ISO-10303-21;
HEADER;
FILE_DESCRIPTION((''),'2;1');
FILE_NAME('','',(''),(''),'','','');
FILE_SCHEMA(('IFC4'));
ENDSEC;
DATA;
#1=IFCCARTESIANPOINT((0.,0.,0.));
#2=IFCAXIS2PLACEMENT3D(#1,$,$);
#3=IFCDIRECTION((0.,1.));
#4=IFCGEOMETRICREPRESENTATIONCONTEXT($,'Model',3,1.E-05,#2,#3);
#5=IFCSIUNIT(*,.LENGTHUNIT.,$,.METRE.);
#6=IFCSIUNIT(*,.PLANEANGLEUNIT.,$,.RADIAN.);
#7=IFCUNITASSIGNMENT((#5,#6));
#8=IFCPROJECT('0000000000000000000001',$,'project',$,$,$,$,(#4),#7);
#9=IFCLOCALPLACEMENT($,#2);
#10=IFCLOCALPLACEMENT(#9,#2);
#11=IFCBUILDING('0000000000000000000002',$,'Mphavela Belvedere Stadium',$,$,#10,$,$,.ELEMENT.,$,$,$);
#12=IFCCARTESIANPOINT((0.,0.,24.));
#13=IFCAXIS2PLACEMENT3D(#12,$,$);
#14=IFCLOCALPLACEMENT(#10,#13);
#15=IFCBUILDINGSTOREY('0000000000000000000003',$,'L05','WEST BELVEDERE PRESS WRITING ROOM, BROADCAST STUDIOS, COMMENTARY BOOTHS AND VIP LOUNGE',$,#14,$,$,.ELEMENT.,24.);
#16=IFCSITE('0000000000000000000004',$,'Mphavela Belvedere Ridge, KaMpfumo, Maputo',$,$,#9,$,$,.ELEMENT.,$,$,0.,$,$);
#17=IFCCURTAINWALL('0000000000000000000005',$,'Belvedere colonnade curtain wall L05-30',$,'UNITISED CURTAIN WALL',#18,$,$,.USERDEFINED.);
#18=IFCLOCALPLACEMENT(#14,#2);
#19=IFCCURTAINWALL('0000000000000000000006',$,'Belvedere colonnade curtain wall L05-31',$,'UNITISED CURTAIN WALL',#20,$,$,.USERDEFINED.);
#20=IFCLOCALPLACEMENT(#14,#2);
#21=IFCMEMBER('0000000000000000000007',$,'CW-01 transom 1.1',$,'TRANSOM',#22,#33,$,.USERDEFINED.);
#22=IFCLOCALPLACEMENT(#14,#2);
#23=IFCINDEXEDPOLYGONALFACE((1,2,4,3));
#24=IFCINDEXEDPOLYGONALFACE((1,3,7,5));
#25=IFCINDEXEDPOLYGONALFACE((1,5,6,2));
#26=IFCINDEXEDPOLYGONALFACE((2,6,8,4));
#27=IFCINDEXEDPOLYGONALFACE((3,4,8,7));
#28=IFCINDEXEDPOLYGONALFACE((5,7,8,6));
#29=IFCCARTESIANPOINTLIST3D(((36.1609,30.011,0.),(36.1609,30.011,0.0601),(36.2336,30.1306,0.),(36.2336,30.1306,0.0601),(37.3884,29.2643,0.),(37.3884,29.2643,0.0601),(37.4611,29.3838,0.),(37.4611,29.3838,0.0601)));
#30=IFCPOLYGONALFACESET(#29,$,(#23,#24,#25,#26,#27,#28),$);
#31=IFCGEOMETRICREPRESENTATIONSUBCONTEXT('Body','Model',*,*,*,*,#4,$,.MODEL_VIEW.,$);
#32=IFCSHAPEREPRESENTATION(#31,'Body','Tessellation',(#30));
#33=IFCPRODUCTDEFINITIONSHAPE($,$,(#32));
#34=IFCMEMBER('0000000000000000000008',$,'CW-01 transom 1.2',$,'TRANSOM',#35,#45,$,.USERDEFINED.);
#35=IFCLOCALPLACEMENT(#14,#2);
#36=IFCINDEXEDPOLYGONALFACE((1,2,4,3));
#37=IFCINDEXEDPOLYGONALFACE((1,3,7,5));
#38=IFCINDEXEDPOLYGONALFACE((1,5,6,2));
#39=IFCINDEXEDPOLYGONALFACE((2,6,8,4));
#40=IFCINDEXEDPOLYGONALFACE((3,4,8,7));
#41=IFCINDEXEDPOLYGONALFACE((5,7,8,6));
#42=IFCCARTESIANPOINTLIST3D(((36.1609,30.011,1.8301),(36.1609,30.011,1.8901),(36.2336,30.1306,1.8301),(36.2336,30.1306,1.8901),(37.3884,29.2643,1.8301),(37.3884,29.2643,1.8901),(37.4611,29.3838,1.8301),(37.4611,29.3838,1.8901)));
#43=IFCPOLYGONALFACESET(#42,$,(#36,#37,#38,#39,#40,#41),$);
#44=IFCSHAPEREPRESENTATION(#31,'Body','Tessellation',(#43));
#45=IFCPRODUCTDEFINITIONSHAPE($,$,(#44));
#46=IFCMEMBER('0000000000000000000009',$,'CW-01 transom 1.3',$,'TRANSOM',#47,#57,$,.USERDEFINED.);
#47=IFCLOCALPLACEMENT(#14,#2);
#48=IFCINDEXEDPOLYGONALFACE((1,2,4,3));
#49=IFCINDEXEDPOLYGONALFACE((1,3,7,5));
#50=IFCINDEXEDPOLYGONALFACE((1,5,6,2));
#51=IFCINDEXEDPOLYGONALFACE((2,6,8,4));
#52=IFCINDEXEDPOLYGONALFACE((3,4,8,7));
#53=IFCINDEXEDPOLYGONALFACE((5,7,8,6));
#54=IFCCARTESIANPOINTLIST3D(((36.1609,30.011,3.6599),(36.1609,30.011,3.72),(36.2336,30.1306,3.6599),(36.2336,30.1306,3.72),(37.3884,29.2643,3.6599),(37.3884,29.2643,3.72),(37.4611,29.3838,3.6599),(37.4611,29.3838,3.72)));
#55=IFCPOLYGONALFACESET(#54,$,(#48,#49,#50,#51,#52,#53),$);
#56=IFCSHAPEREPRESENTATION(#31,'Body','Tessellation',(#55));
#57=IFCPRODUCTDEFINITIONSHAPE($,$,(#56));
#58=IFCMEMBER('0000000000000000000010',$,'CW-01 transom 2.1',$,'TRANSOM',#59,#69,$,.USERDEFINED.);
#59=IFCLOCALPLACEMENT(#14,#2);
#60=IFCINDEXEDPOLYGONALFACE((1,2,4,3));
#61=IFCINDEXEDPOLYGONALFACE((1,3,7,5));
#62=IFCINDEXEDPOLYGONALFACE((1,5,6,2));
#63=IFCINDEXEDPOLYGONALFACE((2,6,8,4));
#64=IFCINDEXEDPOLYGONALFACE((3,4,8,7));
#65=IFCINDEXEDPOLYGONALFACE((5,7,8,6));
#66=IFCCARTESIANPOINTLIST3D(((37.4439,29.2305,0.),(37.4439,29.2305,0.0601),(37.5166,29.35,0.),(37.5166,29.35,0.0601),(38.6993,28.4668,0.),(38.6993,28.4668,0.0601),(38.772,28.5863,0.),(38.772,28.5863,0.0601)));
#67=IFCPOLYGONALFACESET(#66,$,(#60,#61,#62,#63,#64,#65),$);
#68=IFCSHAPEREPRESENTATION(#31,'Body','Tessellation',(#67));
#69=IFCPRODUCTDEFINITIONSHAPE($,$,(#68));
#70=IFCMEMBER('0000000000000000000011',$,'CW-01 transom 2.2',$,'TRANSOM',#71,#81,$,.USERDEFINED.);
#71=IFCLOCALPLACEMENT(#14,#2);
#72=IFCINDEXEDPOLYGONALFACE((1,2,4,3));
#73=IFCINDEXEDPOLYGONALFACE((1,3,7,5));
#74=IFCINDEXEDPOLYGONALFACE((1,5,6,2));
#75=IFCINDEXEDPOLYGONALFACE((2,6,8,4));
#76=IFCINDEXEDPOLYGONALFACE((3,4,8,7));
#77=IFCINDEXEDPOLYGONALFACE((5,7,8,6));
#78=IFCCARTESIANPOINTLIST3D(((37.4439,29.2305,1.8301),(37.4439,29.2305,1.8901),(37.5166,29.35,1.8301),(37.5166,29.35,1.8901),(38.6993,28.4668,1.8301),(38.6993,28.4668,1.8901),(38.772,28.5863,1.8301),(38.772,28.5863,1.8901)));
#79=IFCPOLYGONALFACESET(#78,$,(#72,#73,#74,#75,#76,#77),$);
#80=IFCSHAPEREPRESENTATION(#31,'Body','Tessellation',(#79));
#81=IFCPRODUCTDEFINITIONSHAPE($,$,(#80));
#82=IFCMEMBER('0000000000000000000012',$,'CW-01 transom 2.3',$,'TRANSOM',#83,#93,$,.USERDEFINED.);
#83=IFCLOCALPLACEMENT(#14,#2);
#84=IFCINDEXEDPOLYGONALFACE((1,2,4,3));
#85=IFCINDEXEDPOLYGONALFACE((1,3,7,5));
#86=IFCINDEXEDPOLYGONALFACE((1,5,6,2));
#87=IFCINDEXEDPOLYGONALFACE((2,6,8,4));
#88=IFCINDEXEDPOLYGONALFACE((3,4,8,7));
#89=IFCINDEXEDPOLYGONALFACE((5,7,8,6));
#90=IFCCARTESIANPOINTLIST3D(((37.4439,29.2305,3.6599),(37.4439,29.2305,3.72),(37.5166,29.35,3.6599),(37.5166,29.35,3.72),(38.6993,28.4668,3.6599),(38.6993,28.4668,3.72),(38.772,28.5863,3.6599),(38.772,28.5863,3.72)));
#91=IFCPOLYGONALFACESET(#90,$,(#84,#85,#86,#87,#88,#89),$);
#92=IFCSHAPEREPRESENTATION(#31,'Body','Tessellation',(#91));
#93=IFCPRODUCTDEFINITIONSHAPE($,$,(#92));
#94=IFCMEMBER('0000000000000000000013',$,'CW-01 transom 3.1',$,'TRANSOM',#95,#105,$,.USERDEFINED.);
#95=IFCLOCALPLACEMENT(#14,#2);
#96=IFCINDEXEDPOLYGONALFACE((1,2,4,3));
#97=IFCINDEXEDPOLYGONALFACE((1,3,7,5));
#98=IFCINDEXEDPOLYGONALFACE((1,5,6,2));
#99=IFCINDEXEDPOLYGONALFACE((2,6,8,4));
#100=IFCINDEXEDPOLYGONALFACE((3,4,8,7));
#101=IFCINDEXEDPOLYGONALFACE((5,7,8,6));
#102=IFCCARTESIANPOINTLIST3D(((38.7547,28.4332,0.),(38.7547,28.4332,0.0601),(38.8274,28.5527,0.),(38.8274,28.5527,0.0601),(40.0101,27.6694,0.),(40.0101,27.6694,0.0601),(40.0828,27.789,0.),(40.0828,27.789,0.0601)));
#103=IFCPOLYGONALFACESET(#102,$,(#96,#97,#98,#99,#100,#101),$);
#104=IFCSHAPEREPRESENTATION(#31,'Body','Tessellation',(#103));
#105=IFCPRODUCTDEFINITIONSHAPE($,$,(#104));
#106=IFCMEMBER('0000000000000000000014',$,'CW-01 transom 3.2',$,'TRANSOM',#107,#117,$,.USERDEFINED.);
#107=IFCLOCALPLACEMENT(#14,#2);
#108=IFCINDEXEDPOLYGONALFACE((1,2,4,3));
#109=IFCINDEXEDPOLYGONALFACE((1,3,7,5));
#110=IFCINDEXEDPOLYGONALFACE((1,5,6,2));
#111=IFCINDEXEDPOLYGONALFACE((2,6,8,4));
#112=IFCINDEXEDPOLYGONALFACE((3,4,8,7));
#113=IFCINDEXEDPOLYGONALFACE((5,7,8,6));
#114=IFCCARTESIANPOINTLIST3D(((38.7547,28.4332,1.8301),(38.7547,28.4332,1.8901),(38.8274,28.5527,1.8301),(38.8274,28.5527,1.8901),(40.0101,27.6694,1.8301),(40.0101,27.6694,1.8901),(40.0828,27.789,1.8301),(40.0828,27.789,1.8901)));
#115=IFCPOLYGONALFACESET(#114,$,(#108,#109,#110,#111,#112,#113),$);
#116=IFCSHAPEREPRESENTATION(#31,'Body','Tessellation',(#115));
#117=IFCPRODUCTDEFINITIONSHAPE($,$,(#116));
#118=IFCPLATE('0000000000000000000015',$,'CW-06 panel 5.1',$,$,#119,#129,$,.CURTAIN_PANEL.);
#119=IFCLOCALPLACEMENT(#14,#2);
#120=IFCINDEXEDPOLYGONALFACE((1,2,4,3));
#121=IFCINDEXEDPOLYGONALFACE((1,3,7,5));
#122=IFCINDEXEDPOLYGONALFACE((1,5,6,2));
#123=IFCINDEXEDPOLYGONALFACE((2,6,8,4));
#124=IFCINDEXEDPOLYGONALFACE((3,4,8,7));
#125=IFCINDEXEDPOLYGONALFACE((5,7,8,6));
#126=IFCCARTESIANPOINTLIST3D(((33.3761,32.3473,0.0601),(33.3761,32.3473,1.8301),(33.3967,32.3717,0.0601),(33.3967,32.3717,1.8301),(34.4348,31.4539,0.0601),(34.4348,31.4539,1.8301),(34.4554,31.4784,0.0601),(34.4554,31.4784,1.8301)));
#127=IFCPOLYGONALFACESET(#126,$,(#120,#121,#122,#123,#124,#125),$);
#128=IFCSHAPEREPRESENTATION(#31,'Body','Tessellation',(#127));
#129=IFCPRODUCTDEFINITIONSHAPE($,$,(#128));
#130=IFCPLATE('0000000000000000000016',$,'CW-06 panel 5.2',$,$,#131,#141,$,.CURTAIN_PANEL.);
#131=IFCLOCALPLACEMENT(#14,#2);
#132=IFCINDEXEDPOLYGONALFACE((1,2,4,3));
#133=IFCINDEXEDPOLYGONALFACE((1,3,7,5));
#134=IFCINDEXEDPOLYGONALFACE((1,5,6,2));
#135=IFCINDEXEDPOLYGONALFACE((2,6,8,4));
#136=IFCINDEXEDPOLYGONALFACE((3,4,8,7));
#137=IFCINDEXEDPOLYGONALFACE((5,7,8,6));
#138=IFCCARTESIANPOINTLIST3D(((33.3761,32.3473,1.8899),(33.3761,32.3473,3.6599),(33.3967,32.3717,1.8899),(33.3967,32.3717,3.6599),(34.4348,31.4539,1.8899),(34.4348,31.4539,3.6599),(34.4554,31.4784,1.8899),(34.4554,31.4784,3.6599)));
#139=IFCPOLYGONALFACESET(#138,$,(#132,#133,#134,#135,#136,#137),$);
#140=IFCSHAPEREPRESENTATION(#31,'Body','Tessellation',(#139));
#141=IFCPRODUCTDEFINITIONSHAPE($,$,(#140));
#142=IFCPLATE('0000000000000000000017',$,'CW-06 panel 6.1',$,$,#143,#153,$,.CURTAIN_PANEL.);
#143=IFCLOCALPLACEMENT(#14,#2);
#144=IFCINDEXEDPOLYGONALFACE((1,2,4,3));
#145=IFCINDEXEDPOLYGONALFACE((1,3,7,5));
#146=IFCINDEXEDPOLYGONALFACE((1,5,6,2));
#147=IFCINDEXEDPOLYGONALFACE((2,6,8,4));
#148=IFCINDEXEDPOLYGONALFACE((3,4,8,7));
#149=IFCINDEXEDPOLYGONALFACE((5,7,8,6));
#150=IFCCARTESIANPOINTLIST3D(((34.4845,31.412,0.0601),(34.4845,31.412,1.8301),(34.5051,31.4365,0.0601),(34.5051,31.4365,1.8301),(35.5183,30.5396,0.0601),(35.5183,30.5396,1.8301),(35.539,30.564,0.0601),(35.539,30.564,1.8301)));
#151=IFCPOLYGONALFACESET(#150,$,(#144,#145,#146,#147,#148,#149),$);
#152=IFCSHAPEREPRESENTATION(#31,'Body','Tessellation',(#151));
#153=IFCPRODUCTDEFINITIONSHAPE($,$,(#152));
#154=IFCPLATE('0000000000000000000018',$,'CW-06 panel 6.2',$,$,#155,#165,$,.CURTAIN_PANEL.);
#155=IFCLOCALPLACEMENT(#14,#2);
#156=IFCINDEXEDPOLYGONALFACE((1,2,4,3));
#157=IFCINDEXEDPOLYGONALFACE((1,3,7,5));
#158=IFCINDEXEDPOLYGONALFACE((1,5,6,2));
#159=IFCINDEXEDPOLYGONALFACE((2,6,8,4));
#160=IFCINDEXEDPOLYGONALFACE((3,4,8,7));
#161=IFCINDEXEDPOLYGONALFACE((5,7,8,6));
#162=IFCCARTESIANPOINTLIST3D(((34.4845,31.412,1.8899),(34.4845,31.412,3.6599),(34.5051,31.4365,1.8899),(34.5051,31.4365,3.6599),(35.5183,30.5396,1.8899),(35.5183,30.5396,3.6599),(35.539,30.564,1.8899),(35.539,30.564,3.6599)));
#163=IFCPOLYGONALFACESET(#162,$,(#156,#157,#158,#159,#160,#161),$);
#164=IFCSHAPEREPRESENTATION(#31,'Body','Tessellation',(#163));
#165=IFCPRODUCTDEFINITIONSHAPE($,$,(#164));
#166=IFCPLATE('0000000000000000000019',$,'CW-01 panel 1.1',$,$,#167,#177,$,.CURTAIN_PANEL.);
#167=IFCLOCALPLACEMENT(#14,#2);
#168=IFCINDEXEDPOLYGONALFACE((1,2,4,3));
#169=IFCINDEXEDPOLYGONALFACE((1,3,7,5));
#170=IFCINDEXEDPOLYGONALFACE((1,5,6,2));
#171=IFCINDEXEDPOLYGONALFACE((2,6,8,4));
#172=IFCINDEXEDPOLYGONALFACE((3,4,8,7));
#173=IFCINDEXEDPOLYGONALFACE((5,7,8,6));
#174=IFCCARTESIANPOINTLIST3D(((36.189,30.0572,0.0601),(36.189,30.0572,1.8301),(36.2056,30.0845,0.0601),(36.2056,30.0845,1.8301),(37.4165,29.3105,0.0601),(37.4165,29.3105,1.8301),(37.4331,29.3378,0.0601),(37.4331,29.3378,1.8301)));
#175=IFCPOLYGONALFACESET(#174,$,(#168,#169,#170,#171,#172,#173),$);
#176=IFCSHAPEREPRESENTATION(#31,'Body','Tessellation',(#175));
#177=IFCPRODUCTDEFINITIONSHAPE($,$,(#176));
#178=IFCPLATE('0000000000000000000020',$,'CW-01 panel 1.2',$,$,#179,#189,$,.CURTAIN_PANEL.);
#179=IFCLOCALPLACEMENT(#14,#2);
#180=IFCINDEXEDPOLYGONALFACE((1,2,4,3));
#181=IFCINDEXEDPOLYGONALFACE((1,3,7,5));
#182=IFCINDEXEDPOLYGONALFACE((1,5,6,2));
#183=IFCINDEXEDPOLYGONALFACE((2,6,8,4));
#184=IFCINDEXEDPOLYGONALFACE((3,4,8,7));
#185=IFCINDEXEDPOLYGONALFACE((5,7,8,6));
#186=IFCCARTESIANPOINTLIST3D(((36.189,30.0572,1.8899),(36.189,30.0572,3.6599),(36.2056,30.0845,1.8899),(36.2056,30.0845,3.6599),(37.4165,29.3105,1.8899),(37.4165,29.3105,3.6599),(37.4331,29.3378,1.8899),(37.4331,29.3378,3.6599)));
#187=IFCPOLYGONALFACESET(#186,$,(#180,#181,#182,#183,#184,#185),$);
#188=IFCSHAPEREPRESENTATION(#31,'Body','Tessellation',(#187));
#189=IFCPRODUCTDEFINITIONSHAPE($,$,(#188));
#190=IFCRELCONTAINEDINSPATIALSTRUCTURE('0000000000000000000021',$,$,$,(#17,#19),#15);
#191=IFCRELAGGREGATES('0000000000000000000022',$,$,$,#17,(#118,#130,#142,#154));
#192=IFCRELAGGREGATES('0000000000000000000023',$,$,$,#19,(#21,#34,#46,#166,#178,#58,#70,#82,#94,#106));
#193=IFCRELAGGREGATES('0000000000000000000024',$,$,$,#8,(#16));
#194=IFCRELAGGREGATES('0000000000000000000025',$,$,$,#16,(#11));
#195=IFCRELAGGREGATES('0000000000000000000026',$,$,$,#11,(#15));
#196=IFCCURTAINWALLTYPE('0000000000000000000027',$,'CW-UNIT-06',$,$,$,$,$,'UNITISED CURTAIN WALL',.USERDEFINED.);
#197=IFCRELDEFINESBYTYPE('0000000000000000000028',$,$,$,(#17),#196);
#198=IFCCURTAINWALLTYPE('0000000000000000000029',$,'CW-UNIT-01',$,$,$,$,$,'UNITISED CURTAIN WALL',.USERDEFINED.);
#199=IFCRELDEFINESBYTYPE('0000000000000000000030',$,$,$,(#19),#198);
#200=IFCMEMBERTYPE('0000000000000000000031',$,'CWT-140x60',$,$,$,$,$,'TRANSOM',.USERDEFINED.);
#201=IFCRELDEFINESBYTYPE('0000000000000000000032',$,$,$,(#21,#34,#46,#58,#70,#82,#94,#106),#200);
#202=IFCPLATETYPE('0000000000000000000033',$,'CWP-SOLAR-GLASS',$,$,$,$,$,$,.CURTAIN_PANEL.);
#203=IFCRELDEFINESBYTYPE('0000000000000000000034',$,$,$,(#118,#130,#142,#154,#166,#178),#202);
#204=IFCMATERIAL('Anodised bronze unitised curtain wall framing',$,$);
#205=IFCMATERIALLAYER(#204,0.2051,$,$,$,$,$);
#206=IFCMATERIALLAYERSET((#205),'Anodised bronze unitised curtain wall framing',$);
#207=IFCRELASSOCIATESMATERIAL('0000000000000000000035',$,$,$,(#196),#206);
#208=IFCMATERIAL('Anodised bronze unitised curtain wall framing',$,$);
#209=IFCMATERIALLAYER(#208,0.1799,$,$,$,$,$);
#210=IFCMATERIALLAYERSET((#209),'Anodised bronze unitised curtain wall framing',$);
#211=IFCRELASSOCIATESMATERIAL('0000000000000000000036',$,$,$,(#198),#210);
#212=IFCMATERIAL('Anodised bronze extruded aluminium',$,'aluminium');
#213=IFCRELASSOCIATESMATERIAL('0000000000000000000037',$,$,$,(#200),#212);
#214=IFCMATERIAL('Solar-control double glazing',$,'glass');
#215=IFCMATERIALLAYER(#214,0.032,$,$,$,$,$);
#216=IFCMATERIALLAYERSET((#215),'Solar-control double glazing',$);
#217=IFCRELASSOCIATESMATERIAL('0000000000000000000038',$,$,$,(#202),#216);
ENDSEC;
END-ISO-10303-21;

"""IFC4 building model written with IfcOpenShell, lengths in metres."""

from ifc_helpers import new_model, si_unit, direction, frame, origin, origin_2d, place, context, subcontext, project, spatial, rectangle, extrude, material, layer, layer_set, material_profile, profile_set, type_object, element, aggregate, save


model = new_model("IFC4")

# Units and contexts
model_context = context("Model", 3, precision=1e-05, world=origin(), true_north=direction((0.0, 1.0)))
body_context = subcontext(model_context, "Body", "Model", "MODEL_VIEW")
ifc_project = project(units=[si_unit("LENGTHUNIT", "METRE"), si_unit("PLANEANGLEUNIT", "RADIAN")], contexts=[model_context])

# Site, building, storey
site_placement = place(None, origin())
site = spatial("IfcSite", under=ifc_project, at=site_placement, Name="Mphavela Belvedere Ridge, KaMpfumo, Maputo", CompositionType="ELEMENT", RefElevation=0.0)
building_placement = place(site_placement, origin())
building = spatial("IfcBuilding", under=site, at=building_placement, Name="Mphavela Belvedere Stadium", CompositionType="ELEMENT")
storey_placement = place(building_placement, frame((0.0, 0.0, 24.0)))
storey = spatial("IfcBuildingStorey", under=building, at=storey_placement, Name="L05", Description="WEST BELVEDERE PRESS WRITING ROOM, BROADCAST STUDIOS, COMMENTARY BOOTHS AND VIP LOUNGE", CompositionType="ELEMENT", Elevation=24.0)

# Curtain walls
ifc_material_1 = material(Name="Anodised bronze unitised curtain wall framing")
ifc_layer_1 = layer(ifc_material_1, 0.2051)
ifc_layer_set_1 = layer_set([ifc_layer_1], Name="Anodised bronze unitised curtain wall framing")
curtain_wall_type_1 = type_object("IfcCurtainWallType", Name="CW-UNIT-06", ElementType="UNITISED CURTAIN WALL", PredefinedType="USERDEFINED", material=ifc_layer_set_1)
curtain_wall_1_placement = place(storey_placement, origin())
curtain_wall_1 = element("IfcCurtainWall", 1, at=curtain_wall_1_placement, inside=storey, type_object=curtain_wall_type_1, Name="Belvedere colonnade curtain wall L05-30", ObjectType="UNITISED CURTAIN WALL", PredefinedType="USERDEFINED")
ifc_material_2 = material(Name="Anodised bronze unitised curtain wall framing")
ifc_layer_2 = layer(ifc_material_2, 0.1799)
ifc_layer_set_2 = layer_set([ifc_layer_2], Name="Anodised bronze unitised curtain wall framing")
curtain_wall_type_2 = type_object("IfcCurtainWallType", Name="CW-UNIT-01", ElementType="UNITISED CURTAIN WALL", PredefinedType="USERDEFINED", material=ifc_layer_set_2)
curtain_wall_2_placement = place(storey_placement, origin())
curtain_wall_2 = element("IfcCurtainWall", 2, at=curtain_wall_2_placement, inside=storey, type_object=curtain_wall_type_2, Name="Belvedere colonnade curtain wall L05-31", ObjectType="UNITISED CURTAIN WALL", PredefinedType="USERDEFINED")

# Members
ifc_material_3 = material(Name="Anodised bronze extruded aluminium", Category="aluminium")
ifc_material_profile_1 = material_profile(ifc_material_3, rectangle(XDim=0.1399, YDim=0.0601, at=origin_2d()), Name="CW-TRN 140x60")
ifc_profile_set_1 = profile_set([ifc_material_profile_1], Name="Anodised bronze extruded aluminium")
member_type_1 = type_object("IfcMemberType", Name="CWT-140x60", ElementType="TRANSOM", PredefinedType="USERDEFINED", material=ifc_profile_set_1)
member_1_placement = place(storey_placement, frame((36.1973, 30.0708, 0.03), z_axis=(0.854313, -0.519758, 0.0), x_axis=(0.519758, 0.854313, 0.0)))
member_1 = element("IfcMember", 3, at=member_1_placement, type_object=member_type_1, Name="CW-01 transom 1.1", ObjectType="TRANSOM", PredefinedType="USERDEFINED", context=body_context, shape_type="SweptSolid", body=[
    extrude(rectangle(XDim=0.1399, YDim=0.0601, at=origin_2d()), origin(), (0.0, 0.0, 1.0), 1.4368),
])
member_2_placement = place(storey_placement, frame((36.1973, 30.0708, 1.8601), z_axis=(0.854313, -0.519758, 0.0), x_axis=(0.519758, 0.854313, 0.0)))
member_2 = element("IfcMember", 4, at=member_2_placement, type_object=member_type_1, Name="CW-01 transom 1.2", ObjectType="TRANSOM", PredefinedType="USERDEFINED", context=body_context, shape_type="SweptSolid", body=[
    extrude(rectangle(XDim=0.1399, YDim=0.0601, at=origin_2d()), origin(), (0.0, 0.0, 1.0), 1.4368),
])
member_3_placement = place(storey_placement, frame((36.1973, 30.0708, 3.6899), z_axis=(0.854313, -0.519758, 0.0), x_axis=(0.519758, 0.854313, 0.0)))
member_3 = element("IfcMember", 5, at=member_3_placement, type_object=member_type_1, Name="CW-01 transom 1.3", ObjectType="TRANSOM", PredefinedType="USERDEFINED", context=body_context, shape_type="SweptSolid", body=[
    extrude(rectangle(XDim=0.1399, YDim=0.0601, at=origin_2d()), origin(), (0.0, 0.0, 1.0), 1.4368),
])
member_4_placement = place(storey_placement, frame((37.4802, 29.2903, 0.03), z_axis=(0.85434, -0.519715, 0.0), x_axis=(0.519715, 0.85434, 0.0)))
member_4 = element("IfcMember", 6, at=member_4_placement, type_object=member_type_1, Name="CW-01 transom 2.1", ObjectType="TRANSOM", PredefinedType="USERDEFINED", context=body_context, shape_type="SweptSolid", body=[
    extrude(rectangle(XDim=0.1399, YDim=0.0601, at=origin_2d()), origin(), (0.0, 0.0, 1.0), 1.4695),
])
member_5_placement = place(storey_placement, frame((37.4802, 29.2903, 1.8601), z_axis=(0.85434, -0.519715, 0.0), x_axis=(0.519715, 0.85434, 0.0)))
member_5 = element("IfcMember", 7, at=member_5_placement, type_object=member_type_1, Name="CW-01 transom 2.2", ObjectType="TRANSOM", PredefinedType="USERDEFINED", context=body_context, shape_type="SweptSolid", body=[
    extrude(rectangle(XDim=0.1399, YDim=0.0601, at=origin_2d()), origin(), (0.0, 0.0, 1.0), 1.4695),
])
member_6_placement = place(storey_placement, frame((37.4802, 29.2903, 3.6899), z_axis=(0.85434, -0.519715, 0.0), x_axis=(0.519715, 0.85434, 0.0)))
member_6 = element("IfcMember", 8, at=member_6_placement, type_object=member_type_1, Name="CW-01 transom 2.3", ObjectType="TRANSOM", PredefinedType="USERDEFINED", context=body_context, shape_type="SweptSolid", body=[
    extrude(rectangle(XDim=0.1399, YDim=0.0601, at=origin_2d()), origin(), (0.0, 0.0, 1.0), 1.4695),
])
member_7_placement = place(storey_placement, frame((38.791, 28.4929, 0.03), z_axis=(0.85434, -0.519715, 0.0), x_axis=(0.519715, 0.85434, 0.0)))
member_7 = element("IfcMember", 9, at=member_7_placement, type_object=member_type_1, Name="CW-01 transom 3.1", ObjectType="TRANSOM", PredefinedType="USERDEFINED", context=body_context, shape_type="SweptSolid", body=[
    extrude(rectangle(XDim=0.1399, YDim=0.0601, at=origin_2d()), origin(), (0.0, 0.0, 1.0), 1.4695),
])
member_8_placement = place(storey_placement, frame((38.791, 28.4929, 1.8601), z_axis=(0.85434, -0.519715, 0.0), x_axis=(0.519715, 0.85434, 0.0)))
member_8 = element("IfcMember", 10, at=member_8_placement, type_object=member_type_1, Name="CW-01 transom 3.2", ObjectType="TRANSOM", PredefinedType="USERDEFINED", context=body_context, shape_type="SweptSolid", body=[
    extrude(rectangle(XDim=0.1399, YDim=0.0601, at=origin_2d()), origin(), (0.0, 0.0, 1.0), 1.4695),
])

# Plates
ifc_material_4 = material(Name="Solar-control double glazing", Category="glass")
ifc_layer_3 = layer(ifc_material_4, 0.032)
ifc_layer_set_3 = layer_set([ifc_layer_3], Name="Solar-control double glazing")
plate_type = type_object("IfcPlateType", Name="CWP-SOLAR-GLASS", PredefinedType="CURTAIN_PANEL", material=ifc_layer_set_3)
plate_1_placement = place(storey_placement, frame((33.9158, 31.9128, 0.0601), z_axis=(0.0, 0.0, 1.0), x_axis=(0.764253, -0.644916, 0.0)))
plate_1 = element("IfcPlate", 11, at=plate_1_placement, type_object=plate_type, Name="CW-06 panel 5.1", PredefinedType="CURTAIN_PANEL", context=body_context, shape_type="SweptSolid", body=[
    extrude(rectangle(XDim=1.3853, YDim=0.032, at=origin_2d()), origin(), (0.0, 0.0, 1.0), 1.77),
])
plate_2_placement = place(storey_placement, frame((33.9158, 31.9128, 1.8899), z_axis=(0.0, 0.0, 1.0), x_axis=(0.764253, -0.644916, 0.0)))
plate_2 = element("IfcPlate", 12, at=plate_2_placement, type_object=plate_type, Name="CW-06 panel 5.2", PredefinedType="CURTAIN_PANEL", context=body_context, shape_type="SweptSolid", body=[
    extrude(rectangle(XDim=1.3853, YDim=0.032, at=origin_2d()), origin(), (0.0, 0.0, 1.0), 1.77),
])
plate_3_placement = place(storey_placement, frame((35.0117, 30.988, 0.0601), z_axis=(0.0, 0.0, 1.0), x_axis=(0.764253, -0.644916, 0.0)))
plate_3 = element("IfcPlate", 13, at=plate_3_placement, type_object=plate_type, Name="CW-06 panel 6.1", PredefinedType="CURTAIN_PANEL", context=body_context, shape_type="SweptSolid", body=[
    extrude(rectangle(XDim=1.3528, YDim=0.032, at=origin_2d()), origin(), (0.0, 0.0, 1.0), 1.77),
])
plate_4_placement = place(storey_placement, frame((35.0117, 30.988, 1.8899), z_axis=(0.0, 0.0, 1.0), x_axis=(0.764253, -0.644916, 0.0)))
plate_4 = element("IfcPlate", 14, at=plate_4_placement, type_object=plate_type, Name="CW-06 panel 6.2", PredefinedType="CURTAIN_PANEL", context=body_context, shape_type="SweptSolid", body=[
    extrude(rectangle(XDim=1.3528, YDim=0.032, at=origin_2d()), origin(), (0.0, 0.0, 1.0), 1.77),
])
aggregate(curtain_wall_1, [plate_1, plate_2, plate_3, plate_4])
plate_5_placement = place(storey_placement, frame((36.811, 29.6975, 0.0601), z_axis=(0.0, 0.0, 1.0), x_axis=(0.854327, -0.519735, 0.0)))
plate_5 = element("IfcPlate", 15, at=plate_5_placement, type_object=plate_type, Name="CW-01 panel 1.1", PredefinedType="CURTAIN_PANEL", context=body_context, shape_type="SweptSolid", body=[
    extrude(rectangle(XDim=1.4368, YDim=0.032, at=origin_2d()), origin(), (0.0, 0.0, 1.0), 1.77),
])
plate_6_placement = place(storey_placement, frame((36.811, 29.6975, 1.8899), z_axis=(0.0, 0.0, 1.0), x_axis=(0.854327, -0.519735, 0.0)))
plate_6 = element("IfcPlate", 16, at=plate_6_placement, type_object=plate_type, Name="CW-01 panel 1.2", PredefinedType="CURTAIN_PANEL", context=body_context, shape_type="SweptSolid", body=[
    extrude(rectangle(XDim=1.4368, YDim=0.032, at=origin_2d()), origin(), (0.0, 0.0, 1.0), 1.77),
])
aggregate(curtain_wall_2, [member_1, member_2, member_3, plate_5, plate_6, member_4, member_5, member_6, member_7, member_8])

save(model, "model.ifc")
